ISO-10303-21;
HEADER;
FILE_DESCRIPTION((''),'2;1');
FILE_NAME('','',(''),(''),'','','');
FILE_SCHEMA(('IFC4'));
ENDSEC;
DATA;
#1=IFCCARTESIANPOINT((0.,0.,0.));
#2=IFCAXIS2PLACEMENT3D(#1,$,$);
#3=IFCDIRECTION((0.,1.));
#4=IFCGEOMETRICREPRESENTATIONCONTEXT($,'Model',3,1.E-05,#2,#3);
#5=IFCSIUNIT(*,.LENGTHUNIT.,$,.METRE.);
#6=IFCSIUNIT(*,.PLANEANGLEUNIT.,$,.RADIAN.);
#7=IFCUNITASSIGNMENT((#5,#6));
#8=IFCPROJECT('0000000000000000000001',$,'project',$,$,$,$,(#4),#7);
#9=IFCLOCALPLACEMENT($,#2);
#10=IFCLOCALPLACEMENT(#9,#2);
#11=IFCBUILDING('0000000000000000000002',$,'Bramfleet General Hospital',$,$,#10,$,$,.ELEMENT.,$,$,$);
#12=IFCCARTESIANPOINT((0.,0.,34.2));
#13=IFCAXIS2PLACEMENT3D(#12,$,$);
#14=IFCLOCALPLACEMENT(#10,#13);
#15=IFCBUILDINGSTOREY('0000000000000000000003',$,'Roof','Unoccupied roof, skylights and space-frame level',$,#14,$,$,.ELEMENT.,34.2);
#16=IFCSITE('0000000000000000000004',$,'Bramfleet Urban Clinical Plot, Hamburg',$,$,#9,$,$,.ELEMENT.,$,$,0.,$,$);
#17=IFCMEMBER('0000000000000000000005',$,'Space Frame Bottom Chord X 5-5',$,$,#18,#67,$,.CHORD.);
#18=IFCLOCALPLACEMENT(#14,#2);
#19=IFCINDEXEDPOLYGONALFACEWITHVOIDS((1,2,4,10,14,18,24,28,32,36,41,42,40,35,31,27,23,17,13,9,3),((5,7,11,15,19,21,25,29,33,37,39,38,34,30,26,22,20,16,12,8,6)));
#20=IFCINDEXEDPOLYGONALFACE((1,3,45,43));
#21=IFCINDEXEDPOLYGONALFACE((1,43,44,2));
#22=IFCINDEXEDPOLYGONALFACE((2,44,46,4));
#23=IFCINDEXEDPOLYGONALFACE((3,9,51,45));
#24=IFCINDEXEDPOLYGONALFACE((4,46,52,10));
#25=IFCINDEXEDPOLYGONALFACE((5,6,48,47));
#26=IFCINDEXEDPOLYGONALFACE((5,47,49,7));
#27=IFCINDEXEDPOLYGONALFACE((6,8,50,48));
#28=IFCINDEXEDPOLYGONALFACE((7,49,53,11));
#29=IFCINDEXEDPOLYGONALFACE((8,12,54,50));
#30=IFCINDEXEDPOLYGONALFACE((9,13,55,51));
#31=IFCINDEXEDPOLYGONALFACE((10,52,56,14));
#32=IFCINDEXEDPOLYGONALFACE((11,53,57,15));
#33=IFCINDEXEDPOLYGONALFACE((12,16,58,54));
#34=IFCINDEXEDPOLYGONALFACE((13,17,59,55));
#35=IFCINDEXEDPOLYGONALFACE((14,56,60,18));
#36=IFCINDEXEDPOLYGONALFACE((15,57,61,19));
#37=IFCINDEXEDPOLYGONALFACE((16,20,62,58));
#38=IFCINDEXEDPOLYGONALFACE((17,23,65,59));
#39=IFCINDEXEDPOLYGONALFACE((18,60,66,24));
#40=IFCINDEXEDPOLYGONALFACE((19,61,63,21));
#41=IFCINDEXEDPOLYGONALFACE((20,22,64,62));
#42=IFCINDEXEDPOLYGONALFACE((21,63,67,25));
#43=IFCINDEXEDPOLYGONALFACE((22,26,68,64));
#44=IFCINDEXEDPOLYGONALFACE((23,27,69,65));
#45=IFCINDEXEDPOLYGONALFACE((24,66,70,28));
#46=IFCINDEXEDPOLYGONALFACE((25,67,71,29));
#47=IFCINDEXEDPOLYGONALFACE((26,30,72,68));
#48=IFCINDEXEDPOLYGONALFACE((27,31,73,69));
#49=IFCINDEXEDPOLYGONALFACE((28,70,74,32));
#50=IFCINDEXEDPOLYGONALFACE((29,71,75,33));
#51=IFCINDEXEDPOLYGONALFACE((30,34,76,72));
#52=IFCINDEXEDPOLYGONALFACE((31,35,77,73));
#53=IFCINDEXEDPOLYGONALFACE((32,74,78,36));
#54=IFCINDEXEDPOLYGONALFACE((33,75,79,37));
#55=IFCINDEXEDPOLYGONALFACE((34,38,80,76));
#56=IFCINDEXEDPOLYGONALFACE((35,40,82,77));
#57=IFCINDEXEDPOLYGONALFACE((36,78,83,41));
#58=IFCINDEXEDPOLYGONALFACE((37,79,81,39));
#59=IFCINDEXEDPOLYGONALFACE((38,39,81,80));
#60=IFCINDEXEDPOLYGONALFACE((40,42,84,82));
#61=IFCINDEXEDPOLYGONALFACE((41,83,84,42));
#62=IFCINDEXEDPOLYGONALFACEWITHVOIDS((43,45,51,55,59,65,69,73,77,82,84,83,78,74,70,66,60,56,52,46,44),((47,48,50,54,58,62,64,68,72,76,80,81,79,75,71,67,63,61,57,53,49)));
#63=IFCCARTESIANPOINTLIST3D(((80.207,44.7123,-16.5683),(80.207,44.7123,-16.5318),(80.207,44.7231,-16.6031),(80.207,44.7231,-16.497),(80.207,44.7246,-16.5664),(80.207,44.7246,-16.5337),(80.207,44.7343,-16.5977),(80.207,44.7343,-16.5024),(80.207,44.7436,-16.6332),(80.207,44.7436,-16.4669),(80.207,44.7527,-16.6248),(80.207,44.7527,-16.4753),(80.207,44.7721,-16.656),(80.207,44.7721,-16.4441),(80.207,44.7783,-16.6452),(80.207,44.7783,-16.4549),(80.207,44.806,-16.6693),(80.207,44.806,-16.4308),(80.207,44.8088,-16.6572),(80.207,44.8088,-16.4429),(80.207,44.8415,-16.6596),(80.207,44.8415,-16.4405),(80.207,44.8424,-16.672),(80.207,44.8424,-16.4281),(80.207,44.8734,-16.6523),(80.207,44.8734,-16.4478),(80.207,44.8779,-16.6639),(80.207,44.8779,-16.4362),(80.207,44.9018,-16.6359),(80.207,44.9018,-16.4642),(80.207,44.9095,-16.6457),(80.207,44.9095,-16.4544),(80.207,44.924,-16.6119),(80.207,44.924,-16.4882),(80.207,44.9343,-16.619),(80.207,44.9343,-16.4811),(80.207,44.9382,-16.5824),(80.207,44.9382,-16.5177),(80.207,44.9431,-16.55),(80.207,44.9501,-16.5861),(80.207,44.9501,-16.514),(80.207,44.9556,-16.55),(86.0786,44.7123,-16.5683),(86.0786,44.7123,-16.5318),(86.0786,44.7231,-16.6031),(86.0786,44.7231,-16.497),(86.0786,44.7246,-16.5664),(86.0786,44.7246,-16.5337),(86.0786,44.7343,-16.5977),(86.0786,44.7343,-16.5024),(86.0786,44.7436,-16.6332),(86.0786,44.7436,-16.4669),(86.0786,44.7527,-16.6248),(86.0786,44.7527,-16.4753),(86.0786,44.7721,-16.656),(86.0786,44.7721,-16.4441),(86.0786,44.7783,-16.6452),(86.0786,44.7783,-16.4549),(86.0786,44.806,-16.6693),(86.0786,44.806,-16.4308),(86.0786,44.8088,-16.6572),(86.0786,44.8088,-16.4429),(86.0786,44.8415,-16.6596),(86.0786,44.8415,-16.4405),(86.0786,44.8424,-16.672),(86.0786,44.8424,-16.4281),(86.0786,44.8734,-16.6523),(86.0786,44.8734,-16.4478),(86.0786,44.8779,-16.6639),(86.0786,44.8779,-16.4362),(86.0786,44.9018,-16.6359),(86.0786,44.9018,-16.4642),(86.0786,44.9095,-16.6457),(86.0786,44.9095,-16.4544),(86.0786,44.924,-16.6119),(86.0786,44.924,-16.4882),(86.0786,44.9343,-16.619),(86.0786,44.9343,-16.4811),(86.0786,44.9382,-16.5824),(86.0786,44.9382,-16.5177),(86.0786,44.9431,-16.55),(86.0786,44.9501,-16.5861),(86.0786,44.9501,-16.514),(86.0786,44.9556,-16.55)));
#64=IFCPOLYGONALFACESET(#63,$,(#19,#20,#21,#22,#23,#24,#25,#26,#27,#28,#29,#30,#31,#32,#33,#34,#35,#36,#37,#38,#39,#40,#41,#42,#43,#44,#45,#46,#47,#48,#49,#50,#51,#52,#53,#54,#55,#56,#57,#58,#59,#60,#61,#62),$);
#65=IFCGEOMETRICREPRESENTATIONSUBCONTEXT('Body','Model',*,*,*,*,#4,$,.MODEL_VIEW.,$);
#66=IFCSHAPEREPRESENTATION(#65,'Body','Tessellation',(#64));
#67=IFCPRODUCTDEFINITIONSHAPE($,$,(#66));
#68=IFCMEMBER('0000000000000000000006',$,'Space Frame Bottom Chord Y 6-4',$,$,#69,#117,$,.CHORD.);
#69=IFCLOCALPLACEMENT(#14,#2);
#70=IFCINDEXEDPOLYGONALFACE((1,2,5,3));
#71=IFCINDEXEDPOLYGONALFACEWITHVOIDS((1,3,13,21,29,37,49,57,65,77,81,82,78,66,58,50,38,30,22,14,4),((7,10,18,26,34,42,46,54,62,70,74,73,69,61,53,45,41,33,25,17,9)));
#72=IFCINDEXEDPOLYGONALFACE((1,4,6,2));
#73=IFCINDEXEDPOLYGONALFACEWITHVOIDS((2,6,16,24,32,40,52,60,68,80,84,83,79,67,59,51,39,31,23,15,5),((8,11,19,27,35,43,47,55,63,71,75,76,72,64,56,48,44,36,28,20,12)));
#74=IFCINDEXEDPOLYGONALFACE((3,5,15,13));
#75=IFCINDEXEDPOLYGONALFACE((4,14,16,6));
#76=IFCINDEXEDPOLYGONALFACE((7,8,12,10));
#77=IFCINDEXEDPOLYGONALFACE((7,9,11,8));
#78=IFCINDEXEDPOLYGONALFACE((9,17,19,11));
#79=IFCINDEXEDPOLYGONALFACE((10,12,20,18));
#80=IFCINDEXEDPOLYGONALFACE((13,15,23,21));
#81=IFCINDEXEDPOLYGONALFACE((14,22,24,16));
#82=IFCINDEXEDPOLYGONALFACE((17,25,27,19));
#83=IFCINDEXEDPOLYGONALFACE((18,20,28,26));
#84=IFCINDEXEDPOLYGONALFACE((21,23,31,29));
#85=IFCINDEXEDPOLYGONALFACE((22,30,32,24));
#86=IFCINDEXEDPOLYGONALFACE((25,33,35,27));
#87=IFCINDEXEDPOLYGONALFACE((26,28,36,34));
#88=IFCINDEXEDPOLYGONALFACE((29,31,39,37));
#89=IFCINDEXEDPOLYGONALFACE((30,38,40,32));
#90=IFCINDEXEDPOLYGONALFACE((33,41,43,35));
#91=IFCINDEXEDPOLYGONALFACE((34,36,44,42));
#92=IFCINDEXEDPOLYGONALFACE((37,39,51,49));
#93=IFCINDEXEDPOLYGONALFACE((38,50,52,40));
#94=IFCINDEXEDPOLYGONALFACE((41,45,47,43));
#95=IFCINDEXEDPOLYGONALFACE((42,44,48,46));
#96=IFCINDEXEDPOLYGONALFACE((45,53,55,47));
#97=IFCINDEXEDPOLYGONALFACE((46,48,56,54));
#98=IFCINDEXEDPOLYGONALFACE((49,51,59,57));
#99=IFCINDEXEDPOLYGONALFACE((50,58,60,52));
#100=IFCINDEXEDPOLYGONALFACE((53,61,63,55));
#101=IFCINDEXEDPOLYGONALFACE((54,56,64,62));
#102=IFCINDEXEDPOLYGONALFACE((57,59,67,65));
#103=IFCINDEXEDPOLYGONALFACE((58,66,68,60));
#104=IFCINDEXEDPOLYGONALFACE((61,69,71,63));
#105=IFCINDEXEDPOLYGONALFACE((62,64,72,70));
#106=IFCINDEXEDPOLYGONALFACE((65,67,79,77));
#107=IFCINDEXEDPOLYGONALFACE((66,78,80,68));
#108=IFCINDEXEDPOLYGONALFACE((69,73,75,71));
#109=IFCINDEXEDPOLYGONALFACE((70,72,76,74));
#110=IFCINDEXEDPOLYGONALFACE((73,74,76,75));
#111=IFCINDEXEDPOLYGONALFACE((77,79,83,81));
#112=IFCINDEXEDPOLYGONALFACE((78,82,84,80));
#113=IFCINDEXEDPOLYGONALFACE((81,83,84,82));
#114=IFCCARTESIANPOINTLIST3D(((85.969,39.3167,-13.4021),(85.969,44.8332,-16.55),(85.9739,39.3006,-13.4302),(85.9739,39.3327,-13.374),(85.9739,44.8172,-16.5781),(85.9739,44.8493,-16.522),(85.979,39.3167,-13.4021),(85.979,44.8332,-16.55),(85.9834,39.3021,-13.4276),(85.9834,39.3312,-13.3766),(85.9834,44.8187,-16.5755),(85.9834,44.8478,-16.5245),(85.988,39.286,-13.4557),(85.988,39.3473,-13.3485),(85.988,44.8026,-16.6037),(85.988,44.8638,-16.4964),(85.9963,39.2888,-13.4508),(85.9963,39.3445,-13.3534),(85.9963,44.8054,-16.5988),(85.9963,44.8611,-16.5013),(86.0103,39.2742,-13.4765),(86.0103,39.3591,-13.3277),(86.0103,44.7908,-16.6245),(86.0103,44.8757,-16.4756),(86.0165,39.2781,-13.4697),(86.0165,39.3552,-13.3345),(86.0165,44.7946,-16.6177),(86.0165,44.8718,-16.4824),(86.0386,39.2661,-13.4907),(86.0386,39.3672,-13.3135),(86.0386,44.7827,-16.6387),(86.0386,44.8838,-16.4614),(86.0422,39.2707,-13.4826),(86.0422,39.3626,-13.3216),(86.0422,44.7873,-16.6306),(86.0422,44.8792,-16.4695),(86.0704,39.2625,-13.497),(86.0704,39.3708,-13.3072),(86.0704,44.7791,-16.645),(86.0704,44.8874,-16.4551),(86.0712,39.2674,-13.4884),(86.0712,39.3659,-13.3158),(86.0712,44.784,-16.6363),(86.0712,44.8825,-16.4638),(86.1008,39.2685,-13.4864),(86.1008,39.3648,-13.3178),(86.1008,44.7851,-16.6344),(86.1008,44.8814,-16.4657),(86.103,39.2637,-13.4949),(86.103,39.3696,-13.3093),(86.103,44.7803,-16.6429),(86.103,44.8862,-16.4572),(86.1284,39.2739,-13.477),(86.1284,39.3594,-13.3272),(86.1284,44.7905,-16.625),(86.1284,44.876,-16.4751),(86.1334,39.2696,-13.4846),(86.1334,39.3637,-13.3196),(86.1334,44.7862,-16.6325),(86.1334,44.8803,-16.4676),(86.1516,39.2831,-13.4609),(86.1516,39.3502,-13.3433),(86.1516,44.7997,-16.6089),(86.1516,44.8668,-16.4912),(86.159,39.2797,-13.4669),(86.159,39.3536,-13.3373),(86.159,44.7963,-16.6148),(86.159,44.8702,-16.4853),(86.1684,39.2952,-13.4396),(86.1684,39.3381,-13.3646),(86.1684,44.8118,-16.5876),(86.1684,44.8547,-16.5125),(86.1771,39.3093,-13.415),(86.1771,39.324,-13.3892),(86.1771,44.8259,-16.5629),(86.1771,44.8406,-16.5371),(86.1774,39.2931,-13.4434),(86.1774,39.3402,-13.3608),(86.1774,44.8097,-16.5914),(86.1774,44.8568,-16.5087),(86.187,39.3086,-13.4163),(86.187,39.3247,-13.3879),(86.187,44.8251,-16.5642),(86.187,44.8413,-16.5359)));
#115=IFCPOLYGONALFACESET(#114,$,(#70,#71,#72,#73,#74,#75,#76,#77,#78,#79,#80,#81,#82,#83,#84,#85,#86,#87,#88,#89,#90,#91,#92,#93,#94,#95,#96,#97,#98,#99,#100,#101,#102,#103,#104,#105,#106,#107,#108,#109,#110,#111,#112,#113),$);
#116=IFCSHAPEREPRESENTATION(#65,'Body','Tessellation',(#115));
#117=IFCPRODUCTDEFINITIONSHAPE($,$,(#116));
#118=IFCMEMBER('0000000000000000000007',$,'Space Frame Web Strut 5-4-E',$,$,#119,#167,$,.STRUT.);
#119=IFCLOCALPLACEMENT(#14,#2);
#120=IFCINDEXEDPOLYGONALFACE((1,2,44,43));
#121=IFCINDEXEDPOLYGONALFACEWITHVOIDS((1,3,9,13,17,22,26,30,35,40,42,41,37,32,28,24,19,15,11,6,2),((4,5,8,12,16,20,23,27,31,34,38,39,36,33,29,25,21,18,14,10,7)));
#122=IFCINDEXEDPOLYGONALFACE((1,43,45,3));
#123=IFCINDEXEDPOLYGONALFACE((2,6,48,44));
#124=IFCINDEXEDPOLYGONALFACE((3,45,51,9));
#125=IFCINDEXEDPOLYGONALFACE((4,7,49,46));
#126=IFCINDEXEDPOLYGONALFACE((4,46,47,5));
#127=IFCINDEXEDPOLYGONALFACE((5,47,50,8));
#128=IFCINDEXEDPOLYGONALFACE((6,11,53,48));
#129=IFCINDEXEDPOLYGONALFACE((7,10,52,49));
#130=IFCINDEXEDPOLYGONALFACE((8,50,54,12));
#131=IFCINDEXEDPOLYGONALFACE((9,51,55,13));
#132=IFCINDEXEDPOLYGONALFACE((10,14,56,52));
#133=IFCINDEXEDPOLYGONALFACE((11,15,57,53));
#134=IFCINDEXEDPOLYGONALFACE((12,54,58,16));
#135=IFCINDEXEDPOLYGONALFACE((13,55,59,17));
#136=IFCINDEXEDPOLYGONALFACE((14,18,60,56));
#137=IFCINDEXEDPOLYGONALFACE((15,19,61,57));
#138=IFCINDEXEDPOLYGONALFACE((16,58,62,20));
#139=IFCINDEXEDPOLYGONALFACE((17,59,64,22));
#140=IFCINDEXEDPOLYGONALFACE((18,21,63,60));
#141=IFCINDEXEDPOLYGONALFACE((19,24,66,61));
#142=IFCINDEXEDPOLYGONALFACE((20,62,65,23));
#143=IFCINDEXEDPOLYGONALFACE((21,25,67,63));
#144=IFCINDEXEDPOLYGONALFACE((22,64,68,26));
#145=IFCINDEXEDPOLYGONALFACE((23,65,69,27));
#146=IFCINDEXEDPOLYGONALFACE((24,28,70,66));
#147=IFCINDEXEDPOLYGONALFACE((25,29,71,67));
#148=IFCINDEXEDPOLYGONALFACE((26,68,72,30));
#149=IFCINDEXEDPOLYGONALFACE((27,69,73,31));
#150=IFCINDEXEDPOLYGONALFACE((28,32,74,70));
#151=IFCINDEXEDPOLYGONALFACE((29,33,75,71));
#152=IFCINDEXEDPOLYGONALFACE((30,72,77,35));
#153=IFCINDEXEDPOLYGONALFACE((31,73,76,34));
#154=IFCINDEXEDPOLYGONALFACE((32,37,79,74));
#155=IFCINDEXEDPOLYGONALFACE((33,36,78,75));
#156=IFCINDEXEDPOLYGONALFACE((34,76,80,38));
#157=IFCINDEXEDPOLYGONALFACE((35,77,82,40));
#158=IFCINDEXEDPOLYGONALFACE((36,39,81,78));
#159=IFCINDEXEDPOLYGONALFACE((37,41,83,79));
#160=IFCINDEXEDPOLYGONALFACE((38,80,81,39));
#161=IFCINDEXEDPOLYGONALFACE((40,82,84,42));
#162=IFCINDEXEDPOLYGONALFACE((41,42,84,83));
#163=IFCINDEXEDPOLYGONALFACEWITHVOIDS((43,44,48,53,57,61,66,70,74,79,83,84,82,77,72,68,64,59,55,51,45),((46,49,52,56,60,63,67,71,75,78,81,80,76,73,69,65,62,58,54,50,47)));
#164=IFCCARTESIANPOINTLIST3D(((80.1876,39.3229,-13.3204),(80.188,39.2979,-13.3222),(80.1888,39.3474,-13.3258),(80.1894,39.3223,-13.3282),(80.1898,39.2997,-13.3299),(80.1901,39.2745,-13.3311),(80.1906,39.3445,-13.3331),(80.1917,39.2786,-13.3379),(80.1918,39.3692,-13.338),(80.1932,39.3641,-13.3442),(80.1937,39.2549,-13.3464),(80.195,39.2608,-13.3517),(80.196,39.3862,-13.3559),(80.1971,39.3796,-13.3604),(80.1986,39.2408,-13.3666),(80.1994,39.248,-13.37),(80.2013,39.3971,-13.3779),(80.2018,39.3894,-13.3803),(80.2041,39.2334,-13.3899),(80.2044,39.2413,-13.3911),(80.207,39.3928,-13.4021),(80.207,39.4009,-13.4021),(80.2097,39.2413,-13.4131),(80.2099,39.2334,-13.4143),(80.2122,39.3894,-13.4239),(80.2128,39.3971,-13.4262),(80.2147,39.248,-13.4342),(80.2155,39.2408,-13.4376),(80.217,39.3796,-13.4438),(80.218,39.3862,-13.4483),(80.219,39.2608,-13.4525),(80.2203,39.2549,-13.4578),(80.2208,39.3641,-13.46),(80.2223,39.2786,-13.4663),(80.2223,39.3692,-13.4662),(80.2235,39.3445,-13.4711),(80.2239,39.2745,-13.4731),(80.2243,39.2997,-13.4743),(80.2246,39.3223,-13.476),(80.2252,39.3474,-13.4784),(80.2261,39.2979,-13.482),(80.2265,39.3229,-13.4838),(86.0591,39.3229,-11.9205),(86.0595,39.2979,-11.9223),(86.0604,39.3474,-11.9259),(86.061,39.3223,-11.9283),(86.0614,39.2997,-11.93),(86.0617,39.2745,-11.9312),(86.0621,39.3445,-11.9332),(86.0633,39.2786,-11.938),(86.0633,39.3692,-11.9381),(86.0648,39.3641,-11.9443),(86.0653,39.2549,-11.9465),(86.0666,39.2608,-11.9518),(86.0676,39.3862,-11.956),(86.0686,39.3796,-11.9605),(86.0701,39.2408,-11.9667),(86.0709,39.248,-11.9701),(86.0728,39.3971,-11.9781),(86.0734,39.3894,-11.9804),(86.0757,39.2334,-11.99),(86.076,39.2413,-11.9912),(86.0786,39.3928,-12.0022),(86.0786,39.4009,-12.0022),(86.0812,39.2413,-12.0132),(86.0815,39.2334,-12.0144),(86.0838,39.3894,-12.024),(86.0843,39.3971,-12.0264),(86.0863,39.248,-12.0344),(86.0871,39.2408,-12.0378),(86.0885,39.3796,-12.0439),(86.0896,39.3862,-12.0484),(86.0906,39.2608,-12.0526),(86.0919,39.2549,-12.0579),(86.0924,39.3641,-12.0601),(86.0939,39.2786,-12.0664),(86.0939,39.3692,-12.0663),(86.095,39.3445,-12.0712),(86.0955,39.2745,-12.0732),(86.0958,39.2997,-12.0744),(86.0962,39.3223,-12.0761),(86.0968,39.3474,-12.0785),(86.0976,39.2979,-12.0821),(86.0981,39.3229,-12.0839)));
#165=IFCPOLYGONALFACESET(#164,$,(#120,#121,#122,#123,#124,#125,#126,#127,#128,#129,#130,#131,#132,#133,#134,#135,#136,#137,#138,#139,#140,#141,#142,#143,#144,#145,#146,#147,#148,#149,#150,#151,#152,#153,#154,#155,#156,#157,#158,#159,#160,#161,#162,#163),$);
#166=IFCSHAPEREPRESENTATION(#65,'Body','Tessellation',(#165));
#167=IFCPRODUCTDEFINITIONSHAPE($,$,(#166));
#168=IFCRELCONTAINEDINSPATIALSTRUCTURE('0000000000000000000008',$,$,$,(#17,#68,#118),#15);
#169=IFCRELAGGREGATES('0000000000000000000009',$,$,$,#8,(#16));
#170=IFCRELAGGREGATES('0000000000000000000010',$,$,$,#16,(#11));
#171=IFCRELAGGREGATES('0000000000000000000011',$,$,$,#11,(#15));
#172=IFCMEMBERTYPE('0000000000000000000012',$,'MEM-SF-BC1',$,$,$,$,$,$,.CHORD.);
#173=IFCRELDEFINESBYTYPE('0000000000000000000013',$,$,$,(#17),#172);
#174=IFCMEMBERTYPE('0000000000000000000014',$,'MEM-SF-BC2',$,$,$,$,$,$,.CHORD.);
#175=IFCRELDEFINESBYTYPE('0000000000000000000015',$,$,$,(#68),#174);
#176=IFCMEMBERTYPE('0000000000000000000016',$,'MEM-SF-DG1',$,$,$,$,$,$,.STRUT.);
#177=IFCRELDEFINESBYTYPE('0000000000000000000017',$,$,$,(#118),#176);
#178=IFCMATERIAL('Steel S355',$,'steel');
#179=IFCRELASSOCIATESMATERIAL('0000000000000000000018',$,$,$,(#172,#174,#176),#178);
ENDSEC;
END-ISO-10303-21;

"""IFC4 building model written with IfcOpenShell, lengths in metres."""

from ifc_helpers import new_model, si_unit, direction, frame, origin, origin_2d, place, context, subcontext, project, spatial, hollow_circle, extrude, material, material_profile, profile_set, type_object, element, save


model = new_model("IFC4")

# Units and contexts
model_context = context("Model", 3, precision=1e-05, world=origin(), true_north=direction((0.0, 1.0)))
body_context = subcontext(model_context, "Body", "Model", "MODEL_VIEW")
ifc_project = project(units=[si_unit("LENGTHUNIT", "METRE"), si_unit("PLANEANGLEUNIT", "RADIAN")], contexts=[model_context])

# Site, building, storey
site_placement = place(None, origin())
site = spatial("IfcSite", under=ifc_project, at=site_placement, Name="Bramfleet Urban Clinical Plot, Hamburg", CompositionType="ELEMENT", RefElevation=0.0)
building_placement = place(site_placement, origin())
building = spatial("IfcBuilding", under=site, at=building_placement, Name="Bramfleet General Hospital", CompositionType="ELEMENT")
storey_placement = place(building_placement, frame((0.0, 0.0, 34.2)))
storey = spatial("IfcBuildingStorey", under=building, at=storey_placement, Name="Roof", Description="Unoccupied roof, skylights and space-frame level", CompositionType="ELEMENT", Elevation=34.2)

# Members
ifc_material = material(Name="Steel S355", Category="steel")
ifc_material_profile_1 = material_profile(ifc_material, hollow_circle(Radius=0.1223, WallThickness=0.0125, at=origin_2d()), Name="CHS 244.5x12.5")
ifc_profile_set_1 = profile_set([ifc_material_profile_1], Name="Steel S355")
member_type_1 = type_object("IfcMemberType", Name="MEM-SF-BC1", PredefinedType="CHORD", material=ifc_profile_set_1)
member_1_placement = place(storey_placement, frame((80.207, 44.8333, -16.55), z_axis=(1.0, 0.0, 0.0), x_axis=(0.0, 1.0, 0.0)))
element("IfcMember", 1, at=member_1_placement, inside=storey, type_object=member_type_1, Name="Space Frame Bottom Chord X 5-5", PredefinedType="CHORD", context=body_context, shape_type="SweptSolid", body=[
    extrude(hollow_circle(Radius=0.1223, WallThickness=0.0125, at=origin_2d()), origin(), (0.0, 0.0, 1.0), 5.8716),
])
ifc_material_profile_2 = material_profile(ifc_material, hollow_circle(Radius=0.1096, WallThickness=0.01, at=origin_2d()), Name="CHS 219.1x10.0")
ifc_profile_set_2 = profile_set([ifc_material_profile_2], Name="Steel S355")
member_type_2 = type_object("IfcMemberType", Name="MEM-SF-BC2", PredefinedType="CHORD", material=ifc_profile_set_2)
member_2_placement = place(storey_placement, frame((86.0786, 39.3167, -13.4021), z_axis=(0.0, 0.868541, -0.495617), x_axis=(-1.0, 0.0, 0.0)))
element("IfcMember", 2, at=member_2_placement, inside=storey, type_object=member_type_2, Name="Space Frame Bottom Chord Y 6-4", PredefinedType="CHORD", context=body_context, shape_type="SweptSolid", body=[
    extrude(hollow_circle(Radius=0.1096, WallThickness=0.01, at=origin_2d()), origin(), (0.0, 0.0, 1.0), 6.3516),
])
ifc_material_profile_3 = material_profile(ifc_material, hollow_circle(Radius=0.0842, WallThickness=0.0081, at=origin_2d()), Name="CHS 168.3x8.0")
ifc_profile_set_3 = profile_set([ifc_material_profile_3], Name="Steel S355")
member_type_3 = type_object("IfcMemberType", Name="MEM-SF-DG1", PredefinedType="STRUT", material=ifc_profile_set_3)
member_3_placement = place(storey_placement, frame((80.207, 39.3167, -13.4021), z_axis=(0.972735, 0.0, 0.231919), x_axis=(0.0, 1.0, 0.0)))
element("IfcMember", 3, at=member_3_placement, inside=storey, type_object=member_type_3, Name="Space Frame Web Strut 5-4-E", PredefinedType="STRUT", context=body_context, shape_type="SweptSolid", body=[
    extrude(hollow_circle(Radius=0.0842, WallThickness=0.0081, at=origin_2d()), origin(), (0.0, 0.0, 1.0), 6.0361),
])

save(model, "model.ifc")
